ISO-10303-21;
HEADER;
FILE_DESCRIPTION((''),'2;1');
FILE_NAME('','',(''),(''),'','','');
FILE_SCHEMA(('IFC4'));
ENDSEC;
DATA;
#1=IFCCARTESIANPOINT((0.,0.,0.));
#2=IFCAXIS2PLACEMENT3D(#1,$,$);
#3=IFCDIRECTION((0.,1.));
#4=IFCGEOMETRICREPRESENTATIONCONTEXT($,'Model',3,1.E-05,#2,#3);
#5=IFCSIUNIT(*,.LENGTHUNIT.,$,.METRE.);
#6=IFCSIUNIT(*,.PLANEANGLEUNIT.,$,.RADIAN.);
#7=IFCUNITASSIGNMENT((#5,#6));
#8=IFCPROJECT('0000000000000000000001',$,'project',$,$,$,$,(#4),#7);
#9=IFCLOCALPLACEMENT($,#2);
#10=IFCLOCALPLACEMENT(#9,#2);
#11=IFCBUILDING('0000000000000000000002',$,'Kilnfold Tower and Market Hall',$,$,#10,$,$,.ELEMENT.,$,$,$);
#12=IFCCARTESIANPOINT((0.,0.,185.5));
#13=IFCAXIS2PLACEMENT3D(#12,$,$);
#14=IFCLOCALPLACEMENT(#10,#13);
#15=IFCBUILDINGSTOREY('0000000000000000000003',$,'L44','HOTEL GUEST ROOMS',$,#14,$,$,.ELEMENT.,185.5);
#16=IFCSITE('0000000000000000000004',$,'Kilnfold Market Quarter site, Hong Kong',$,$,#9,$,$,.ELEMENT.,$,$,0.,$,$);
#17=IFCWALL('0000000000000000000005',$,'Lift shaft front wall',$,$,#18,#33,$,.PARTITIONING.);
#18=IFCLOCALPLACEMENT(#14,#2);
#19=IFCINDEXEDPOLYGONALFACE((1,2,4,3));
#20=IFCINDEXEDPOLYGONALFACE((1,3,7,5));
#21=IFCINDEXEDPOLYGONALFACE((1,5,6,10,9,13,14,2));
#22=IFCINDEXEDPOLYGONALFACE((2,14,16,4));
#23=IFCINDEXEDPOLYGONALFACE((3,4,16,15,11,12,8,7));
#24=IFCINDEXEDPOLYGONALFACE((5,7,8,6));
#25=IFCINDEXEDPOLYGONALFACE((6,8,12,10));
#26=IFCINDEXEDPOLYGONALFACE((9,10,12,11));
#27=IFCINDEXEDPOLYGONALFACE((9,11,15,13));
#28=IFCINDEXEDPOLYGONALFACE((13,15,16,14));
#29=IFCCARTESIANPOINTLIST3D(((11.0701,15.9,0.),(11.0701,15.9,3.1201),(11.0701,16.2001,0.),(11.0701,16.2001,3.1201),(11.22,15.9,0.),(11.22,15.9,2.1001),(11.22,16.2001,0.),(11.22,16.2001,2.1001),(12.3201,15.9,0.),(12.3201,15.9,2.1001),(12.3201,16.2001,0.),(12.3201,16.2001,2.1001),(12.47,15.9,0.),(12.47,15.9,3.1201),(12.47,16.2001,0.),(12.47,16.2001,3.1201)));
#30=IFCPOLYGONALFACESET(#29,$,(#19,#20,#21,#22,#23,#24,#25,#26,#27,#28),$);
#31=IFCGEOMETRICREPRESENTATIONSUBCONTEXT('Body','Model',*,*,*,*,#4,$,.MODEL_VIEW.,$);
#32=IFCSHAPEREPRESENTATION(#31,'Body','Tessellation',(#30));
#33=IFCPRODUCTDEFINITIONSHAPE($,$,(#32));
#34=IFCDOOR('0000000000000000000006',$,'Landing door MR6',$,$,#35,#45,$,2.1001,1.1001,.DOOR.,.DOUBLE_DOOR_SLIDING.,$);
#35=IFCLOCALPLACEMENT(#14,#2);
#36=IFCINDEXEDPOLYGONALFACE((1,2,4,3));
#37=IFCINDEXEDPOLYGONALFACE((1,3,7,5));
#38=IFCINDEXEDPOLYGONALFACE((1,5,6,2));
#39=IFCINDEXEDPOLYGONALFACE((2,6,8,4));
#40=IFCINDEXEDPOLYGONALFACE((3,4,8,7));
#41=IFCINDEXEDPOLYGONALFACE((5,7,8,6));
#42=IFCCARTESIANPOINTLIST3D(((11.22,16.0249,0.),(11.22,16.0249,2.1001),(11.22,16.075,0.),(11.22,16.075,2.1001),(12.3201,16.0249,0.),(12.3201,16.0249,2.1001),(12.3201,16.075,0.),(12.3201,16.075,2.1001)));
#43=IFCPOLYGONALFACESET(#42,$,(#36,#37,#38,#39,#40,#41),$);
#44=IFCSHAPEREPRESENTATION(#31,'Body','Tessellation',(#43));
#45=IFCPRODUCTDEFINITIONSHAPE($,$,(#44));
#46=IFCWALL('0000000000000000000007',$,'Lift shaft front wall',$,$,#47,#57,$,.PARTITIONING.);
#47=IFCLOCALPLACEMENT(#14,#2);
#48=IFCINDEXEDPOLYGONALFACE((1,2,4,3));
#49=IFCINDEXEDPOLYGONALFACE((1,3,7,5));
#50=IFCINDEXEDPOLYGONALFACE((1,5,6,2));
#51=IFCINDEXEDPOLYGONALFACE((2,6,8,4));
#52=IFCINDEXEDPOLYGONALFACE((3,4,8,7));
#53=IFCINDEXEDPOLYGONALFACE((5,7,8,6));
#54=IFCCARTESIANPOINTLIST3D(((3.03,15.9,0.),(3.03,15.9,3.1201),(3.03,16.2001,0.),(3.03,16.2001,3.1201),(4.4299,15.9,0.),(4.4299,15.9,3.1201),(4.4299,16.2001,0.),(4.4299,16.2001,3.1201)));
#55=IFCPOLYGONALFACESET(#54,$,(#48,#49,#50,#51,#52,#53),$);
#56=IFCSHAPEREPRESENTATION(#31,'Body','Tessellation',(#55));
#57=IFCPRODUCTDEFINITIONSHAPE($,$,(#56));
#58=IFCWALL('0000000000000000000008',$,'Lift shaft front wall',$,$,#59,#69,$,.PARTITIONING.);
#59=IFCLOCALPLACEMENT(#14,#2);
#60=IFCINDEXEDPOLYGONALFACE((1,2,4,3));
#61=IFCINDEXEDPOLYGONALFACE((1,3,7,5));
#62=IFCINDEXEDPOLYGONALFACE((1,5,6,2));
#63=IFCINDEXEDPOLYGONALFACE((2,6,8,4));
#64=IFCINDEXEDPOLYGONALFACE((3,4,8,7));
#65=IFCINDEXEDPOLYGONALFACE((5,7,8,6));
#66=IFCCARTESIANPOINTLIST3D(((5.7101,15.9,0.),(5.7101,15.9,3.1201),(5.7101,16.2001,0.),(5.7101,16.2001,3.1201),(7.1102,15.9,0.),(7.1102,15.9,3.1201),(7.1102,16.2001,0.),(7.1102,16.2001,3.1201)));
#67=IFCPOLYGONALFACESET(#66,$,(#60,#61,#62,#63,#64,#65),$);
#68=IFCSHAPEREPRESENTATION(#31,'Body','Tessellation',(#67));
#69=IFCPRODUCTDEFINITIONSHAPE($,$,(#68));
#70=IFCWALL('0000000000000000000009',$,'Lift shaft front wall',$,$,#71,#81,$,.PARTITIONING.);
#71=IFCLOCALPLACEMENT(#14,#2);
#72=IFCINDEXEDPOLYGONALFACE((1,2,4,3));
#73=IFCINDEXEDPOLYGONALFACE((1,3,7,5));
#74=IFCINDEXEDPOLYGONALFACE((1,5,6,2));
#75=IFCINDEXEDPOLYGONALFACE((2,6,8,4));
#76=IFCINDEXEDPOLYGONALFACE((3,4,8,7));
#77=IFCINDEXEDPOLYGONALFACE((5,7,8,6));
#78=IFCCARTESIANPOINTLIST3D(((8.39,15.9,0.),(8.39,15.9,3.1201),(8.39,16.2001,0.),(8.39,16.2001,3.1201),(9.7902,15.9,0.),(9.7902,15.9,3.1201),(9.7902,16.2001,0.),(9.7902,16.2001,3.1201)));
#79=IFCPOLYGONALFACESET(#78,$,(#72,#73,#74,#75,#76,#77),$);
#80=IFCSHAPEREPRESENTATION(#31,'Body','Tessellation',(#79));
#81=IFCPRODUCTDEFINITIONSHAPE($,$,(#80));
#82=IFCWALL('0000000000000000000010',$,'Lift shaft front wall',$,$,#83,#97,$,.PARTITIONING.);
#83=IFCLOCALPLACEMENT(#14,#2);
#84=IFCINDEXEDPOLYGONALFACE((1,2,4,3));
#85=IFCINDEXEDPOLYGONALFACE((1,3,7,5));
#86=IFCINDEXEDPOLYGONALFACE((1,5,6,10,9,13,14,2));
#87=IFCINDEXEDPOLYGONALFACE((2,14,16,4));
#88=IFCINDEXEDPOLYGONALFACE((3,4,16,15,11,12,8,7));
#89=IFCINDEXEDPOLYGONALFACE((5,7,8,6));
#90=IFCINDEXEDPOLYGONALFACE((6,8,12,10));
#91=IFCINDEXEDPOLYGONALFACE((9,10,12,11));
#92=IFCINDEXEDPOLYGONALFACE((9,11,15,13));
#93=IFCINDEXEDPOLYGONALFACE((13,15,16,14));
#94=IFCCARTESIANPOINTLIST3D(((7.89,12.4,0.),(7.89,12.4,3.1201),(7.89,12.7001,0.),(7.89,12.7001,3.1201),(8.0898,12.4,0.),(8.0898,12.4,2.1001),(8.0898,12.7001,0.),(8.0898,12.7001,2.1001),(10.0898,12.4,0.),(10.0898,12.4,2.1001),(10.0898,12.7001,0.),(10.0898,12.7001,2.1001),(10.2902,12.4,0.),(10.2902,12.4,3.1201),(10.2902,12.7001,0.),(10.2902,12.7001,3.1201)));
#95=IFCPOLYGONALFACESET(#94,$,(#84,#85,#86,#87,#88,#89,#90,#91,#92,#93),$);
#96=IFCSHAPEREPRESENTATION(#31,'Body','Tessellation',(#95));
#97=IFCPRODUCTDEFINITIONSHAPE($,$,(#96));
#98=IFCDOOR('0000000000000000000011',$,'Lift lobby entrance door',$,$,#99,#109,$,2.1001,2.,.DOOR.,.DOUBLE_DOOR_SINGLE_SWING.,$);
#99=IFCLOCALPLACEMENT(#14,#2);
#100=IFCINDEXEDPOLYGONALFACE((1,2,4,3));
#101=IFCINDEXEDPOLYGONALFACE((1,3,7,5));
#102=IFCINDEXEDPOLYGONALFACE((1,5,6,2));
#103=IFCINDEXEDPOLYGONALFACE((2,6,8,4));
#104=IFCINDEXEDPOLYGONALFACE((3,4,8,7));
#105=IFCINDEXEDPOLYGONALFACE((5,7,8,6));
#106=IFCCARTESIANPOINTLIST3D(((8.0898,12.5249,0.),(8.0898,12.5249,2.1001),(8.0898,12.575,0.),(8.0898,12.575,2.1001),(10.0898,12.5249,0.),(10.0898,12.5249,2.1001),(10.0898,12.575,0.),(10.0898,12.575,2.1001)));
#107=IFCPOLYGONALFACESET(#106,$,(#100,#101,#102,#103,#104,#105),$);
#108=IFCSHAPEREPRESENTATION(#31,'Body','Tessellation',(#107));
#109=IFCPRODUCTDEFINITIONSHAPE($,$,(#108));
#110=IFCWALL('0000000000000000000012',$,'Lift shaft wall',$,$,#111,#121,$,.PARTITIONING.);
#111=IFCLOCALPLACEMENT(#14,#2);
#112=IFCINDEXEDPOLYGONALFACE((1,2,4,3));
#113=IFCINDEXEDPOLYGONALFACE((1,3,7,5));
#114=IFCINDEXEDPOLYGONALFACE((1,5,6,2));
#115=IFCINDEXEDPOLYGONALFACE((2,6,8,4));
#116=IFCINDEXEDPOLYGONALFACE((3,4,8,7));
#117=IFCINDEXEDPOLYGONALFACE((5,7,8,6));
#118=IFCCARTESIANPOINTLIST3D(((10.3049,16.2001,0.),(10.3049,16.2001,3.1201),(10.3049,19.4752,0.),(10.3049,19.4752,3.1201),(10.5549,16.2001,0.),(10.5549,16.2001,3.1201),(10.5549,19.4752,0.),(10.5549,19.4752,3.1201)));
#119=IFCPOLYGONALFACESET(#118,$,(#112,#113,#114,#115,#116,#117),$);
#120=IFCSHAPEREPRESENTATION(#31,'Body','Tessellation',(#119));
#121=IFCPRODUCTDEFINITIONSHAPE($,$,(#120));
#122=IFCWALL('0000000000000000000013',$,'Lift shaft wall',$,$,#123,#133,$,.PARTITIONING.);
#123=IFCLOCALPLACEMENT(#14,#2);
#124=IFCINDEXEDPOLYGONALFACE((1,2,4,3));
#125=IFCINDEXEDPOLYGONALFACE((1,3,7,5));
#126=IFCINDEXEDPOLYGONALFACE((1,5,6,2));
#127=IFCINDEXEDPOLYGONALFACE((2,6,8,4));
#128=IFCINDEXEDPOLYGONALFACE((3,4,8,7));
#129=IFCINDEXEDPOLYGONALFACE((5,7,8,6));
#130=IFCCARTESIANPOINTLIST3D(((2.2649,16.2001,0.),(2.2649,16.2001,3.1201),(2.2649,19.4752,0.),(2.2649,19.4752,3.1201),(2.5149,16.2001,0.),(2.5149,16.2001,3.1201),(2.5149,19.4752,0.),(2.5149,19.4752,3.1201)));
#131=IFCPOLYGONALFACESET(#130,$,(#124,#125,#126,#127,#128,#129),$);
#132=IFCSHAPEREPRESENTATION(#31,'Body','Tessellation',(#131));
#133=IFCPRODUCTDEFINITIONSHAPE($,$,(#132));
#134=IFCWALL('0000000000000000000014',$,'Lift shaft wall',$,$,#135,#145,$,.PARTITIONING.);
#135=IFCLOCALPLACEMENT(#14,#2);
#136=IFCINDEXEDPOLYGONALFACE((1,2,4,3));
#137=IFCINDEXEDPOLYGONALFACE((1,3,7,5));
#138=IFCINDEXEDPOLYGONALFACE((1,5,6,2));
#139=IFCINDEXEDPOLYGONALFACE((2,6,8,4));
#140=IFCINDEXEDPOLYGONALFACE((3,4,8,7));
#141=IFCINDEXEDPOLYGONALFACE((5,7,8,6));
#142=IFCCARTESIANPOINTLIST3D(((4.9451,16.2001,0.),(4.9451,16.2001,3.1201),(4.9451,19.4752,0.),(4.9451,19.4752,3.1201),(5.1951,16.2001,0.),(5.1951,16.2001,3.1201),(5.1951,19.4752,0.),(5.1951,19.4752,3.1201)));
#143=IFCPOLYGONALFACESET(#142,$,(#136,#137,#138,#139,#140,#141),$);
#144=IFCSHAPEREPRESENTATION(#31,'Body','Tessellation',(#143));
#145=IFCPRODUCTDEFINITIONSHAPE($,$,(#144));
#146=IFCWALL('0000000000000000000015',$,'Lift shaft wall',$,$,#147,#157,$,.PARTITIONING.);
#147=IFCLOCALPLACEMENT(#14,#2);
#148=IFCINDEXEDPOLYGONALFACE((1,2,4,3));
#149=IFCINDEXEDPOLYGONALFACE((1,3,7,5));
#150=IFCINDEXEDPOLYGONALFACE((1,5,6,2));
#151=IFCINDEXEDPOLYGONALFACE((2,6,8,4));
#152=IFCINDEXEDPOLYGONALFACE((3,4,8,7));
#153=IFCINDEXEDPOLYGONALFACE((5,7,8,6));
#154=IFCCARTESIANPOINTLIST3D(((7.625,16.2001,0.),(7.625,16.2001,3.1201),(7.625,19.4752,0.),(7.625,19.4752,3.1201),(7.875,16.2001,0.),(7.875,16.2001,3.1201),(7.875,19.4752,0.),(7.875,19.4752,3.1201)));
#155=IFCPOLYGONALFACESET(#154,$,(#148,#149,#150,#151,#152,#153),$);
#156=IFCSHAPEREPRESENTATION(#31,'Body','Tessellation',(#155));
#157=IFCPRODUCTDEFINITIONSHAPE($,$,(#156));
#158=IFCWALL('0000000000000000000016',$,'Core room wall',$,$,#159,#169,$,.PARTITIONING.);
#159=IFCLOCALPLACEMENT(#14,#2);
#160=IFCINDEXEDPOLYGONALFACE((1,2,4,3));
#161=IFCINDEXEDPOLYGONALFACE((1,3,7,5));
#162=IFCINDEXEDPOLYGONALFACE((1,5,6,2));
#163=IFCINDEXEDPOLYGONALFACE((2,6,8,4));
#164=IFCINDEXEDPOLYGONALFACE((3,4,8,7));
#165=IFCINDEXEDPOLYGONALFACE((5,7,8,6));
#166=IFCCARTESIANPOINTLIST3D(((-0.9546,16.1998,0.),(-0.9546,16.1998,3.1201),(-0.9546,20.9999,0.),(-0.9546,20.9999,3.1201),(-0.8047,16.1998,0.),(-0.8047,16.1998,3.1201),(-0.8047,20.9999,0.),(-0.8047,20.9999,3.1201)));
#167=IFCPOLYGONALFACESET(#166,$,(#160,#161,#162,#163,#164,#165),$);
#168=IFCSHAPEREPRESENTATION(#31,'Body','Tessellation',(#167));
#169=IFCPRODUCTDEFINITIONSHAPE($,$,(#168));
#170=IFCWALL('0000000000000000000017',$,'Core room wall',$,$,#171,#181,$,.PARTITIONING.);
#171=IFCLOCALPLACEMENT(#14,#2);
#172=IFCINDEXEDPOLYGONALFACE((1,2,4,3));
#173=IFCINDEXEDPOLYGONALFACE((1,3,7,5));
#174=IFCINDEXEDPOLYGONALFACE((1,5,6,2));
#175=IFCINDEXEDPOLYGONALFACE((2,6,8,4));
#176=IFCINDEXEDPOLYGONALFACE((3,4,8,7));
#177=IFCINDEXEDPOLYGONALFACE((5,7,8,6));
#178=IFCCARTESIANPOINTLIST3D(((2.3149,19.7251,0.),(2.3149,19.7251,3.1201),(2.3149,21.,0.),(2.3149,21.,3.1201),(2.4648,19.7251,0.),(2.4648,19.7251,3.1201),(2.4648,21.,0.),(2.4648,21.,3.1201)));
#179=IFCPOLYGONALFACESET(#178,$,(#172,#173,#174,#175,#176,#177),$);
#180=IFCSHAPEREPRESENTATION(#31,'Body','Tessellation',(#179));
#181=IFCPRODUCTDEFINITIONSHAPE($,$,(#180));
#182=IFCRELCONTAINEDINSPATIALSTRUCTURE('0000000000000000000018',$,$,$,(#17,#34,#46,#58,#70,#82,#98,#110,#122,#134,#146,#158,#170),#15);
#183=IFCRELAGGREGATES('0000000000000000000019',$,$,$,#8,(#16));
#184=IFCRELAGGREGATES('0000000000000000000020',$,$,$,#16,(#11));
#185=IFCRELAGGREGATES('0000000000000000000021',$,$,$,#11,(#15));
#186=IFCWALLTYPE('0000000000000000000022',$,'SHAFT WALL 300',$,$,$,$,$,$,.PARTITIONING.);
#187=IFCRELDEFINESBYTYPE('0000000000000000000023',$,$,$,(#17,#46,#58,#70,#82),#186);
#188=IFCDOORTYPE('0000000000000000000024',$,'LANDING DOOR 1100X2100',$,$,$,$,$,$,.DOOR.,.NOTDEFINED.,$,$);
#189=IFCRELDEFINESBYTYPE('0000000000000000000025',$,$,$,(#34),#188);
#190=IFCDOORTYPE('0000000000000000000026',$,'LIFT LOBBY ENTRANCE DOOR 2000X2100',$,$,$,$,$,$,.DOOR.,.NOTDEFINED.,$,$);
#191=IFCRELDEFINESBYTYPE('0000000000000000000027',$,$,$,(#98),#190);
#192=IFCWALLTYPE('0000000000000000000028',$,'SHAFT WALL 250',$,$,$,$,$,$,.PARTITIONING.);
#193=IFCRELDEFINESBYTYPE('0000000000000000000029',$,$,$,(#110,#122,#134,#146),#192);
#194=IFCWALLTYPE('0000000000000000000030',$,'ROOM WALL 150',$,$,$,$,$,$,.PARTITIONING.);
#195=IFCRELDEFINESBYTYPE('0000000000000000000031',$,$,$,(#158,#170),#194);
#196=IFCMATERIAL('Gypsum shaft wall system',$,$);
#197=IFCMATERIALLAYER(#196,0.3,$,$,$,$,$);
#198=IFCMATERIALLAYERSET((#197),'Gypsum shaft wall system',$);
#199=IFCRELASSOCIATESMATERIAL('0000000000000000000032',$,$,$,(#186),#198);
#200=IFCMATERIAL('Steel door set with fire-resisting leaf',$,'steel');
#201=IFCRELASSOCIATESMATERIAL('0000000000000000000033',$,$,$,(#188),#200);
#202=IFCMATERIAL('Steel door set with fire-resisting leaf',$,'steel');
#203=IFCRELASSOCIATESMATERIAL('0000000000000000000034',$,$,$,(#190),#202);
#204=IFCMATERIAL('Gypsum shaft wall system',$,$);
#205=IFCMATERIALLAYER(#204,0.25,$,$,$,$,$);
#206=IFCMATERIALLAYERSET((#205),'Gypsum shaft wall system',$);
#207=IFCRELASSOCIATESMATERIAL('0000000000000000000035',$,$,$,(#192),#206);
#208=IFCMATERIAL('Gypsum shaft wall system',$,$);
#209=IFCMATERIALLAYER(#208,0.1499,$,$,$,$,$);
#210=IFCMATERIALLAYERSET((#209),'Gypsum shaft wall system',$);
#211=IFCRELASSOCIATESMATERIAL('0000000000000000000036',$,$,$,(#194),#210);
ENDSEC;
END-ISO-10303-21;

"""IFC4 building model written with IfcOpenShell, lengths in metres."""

from ifc_helpers import new_model, si_unit, direction, frame, frame_2d, origin, place, context, subcontext, project, spatial, rectangle, extrude, source, transform, mapped, material, layer, layer_set, type_object, element, fill, save


model = new_model("IFC4")

# Units and contexts
model_context = context("Model", 3, precision=1e-05, world=origin(), true_north=direction((0.0, 1.0)))
body_context = subcontext(model_context, "Body", "Model", "MODEL_VIEW")
ifc_project = project(units=[si_unit("LENGTHUNIT", "METRE"), si_unit("PLANEANGLEUNIT", "RADIAN")], contexts=[model_context])

# Site, building, storey
site_placement = place(None, origin())
site = spatial("IfcSite", under=ifc_project, at=site_placement, Name="Kilnfold Market Quarter site, Hong Kong", CompositionType="ELEMENT", RefElevation=0.0)
building_placement = place(site_placement, origin())
building = spatial("IfcBuilding", under=site, at=building_placement, Name="Kilnfold Tower and Market Hall", CompositionType="ELEMENT")
storey_placement = place(building_placement, frame((0.0, 0.0, 185.5)))
storey = spatial("IfcBuildingStorey", under=building, at=storey_placement, Name="L44", Description="HOTEL GUEST ROOMS", CompositionType="ELEMENT", Elevation=185.5)

# Wall, opening, door
ifc_material_1 = material(Name="Gypsum shaft wall system")
ifc_layer_1 = layer(ifc_material_1, 0.3)
ifc_layer_set_1 = layer_set([ifc_layer_1], Name="Gypsum shaft wall system")
wall_type_1 = type_object("IfcWallType", Name="SHAFT WALL 300", PredefinedType="PARTITIONING", material=ifc_layer_set_1)
shared_shape_1 = source(origin(), body_context, "Body", "SweptSolid", [
    extrude(rectangle(XDim=1.3999, YDim=0.3, at=frame_2d((0.7, 0.0))), origin(), (0.0, 0.0, 1.0), 3.1201),
])
wall_1_placement = place(storey_placement, frame((11.0701, 16.05, 0.0), z_axis=(0.0, 0.0, 1.0), x_axis=(1.0, 0.0, 0.0)))
wall_1 = element("IfcWall", 1, at=wall_1_placement, inside=storey, type_object=wall_type_1, Name="Lift shaft front wall", PredefinedType="PARTITIONING", context=body_context, shape_type="MappedRepresentation", body=[
    mapped(shared_shape_1, transform((0.0, 0.0, 0.0))),
])
opening_1_placement = place(wall_1_placement, frame((0.1499, 0.0, 0.0)))
opening_1 = element("IfcOpeningElement", 2, at=opening_1_placement, cuts=wall_1, PredefinedType="OPENING", context=body_context, shape_type="SweptSolid", body=[
    extrude(rectangle(XDim=1.1001, YDim=2.1001, at=frame_2d((0.55, 1.05))), frame((0.0, 0.1602, 0.0), z_axis=(0.0, -1.0, 0.0), x_axis=(1.0, 0.0, 0.0)), (0.0, 0.0, 1.0), 0.3201),
])
ifc_material_2 = material(Name="Steel door set with fire-resisting leaf", Category="steel")
door_type_1 = type_object("IfcDoorType", Name="LANDING DOOR 1100X2100", OperationType="NOTDEFINED", PredefinedType="DOOR", material=ifc_material_2)
door_1_placement = place(opening_1_placement, origin())
door_1 = element("IfcDoor", 3, at=door_1_placement, inside=storey, type_object=door_type_1, Name="Landing door MR6", OperationType="DOUBLE_DOOR_SLIDING", OverallHeight=2.1001, OverallWidth=1.1001, PredefinedType="DOOR", context=body_context, shape_type="SweptSolid", body=[
    extrude(rectangle(XDim=1.1001, YDim=2.1001, at=frame_2d((0.55, 1.05))), frame((0.0, 0.0249, 0.0), z_axis=(0.0, -1.0, 0.0), x_axis=(1.0, 0.0, 0.0)), (0.0, 0.0, 1.0), 0.05),
])
fill(opening_1, door_1)

# Walls
wall_2_placement = place(storey_placement, frame((3.03, 16.05, 0.0), z_axis=(0.0, 0.0, 1.0), x_axis=(1.0, 0.0, 0.0)))
element("IfcWall", 4, at=wall_2_placement, inside=storey, type_object=wall_type_1, Name="Lift shaft front wall", PredefinedType="PARTITIONING", context=body_context, shape_type="MappedRepresentation", body=[
    mapped(shared_shape_1, transform((0.0, 0.0, 0.0))),
])
shared_shape_2 = source(origin(), body_context, "Body", "SweptSolid", [
    extrude(rectangle(XDim=1.4001, YDim=0.3, at=frame_2d((0.7002, 0.0))), origin(), (0.0, 0.0, 1.0), 3.1201),
])
for number, where, z_axis, x_axis, name in (
    (5, (5.71, 16.05, 0.0), (0.0, 0.0, 1.0), (1.0, 0.0, 0.0), "Lift shaft front wall"),
    (6, (8.3899, 16.05, 0.0), (0.0, 0.0, 1.0), (1.0, 0.0, 0.0), "Lift shaft front wall"),
):
    element("IfcWall", number, at=place(storey_placement, frame(where, z_axis=z_axis, x_axis=x_axis)), inside=storey, type_object=wall_type_1, Name=name, PredefinedType="PARTITIONING", context=body_context, shape_type="MappedRepresentation", body=[
        mapped(shared_shape_2, transform((0.0, 0.0, 0.0))),
    ])

# Wall, opening, door
shared_shape_3 = source(origin(), body_context, "Body", "SweptSolid", [
    extrude(rectangle(XDim=2.4001, YDim=0.3, at=frame_2d((1.2002, 0.0))), origin(), (0.0, 0.0, 1.0), 3.1201),
])
wall_3_placement = place(storey_placement, frame((7.8899, 12.55, 0.0), z_axis=(0.0, 0.0, 1.0), x_axis=(1.0, 0.0, 0.0)))
wall_3 = element("IfcWall", 7, at=wall_3_placement, inside=storey, type_object=wall_type_1, Name="Lift shaft front wall", PredefinedType="PARTITIONING", context=body_context, shape_type="MappedRepresentation", body=[
    mapped(shared_shape_3, transform((0.0, 0.0, 0.0))),
])
opening_2_placement = place(wall_3_placement, frame((0.2, 0.0, 0.0)))
opening_2 = element("IfcOpeningElement", 8, at=opening_2_placement, cuts=wall_3, PredefinedType="OPENING", context=body_context, shape_type="SweptSolid", body=[
    extrude(rectangle(XDim=2.0, YDim=2.1001, at=frame_2d((1.0, 1.05))), frame((0.0, 0.1602, 0.0), z_axis=(0.0, -1.0, 0.0), x_axis=(1.0, 0.0, 0.0)), (0.0, 0.0, 1.0), 0.3201),
])
ifc_material_3 = material(Name="Steel door set with fire-resisting leaf", Category="steel")
door_type_2 = type_object("IfcDoorType", Name="LIFT LOBBY ENTRANCE DOOR 2000X2100", OperationType="NOTDEFINED", PredefinedType="DOOR", material=ifc_material_3)
door_2_placement = place(opening_2_placement, origin())
door_2 = element("IfcDoor", 9, at=door_2_placement, inside=storey, type_object=door_type_2, Name="Lift lobby entrance door", OperationType="DOUBLE_DOOR_SINGLE_SWING", OverallHeight=2.1001, OverallWidth=2.0, PredefinedType="DOOR", context=body_context, shape_type="SweptSolid", body=[
    extrude(rectangle(XDim=2.0, YDim=2.1001, at=frame_2d((1.0, 1.05))), frame((0.0, 0.0249, 0.0), z_axis=(0.0, -1.0, 0.0), x_axis=(1.0, 0.0, 0.0)), (0.0, 0.0, 1.0), 0.05),
])
fill(opening_2, door_2)

# Walls
ifc_material_4 = material(Name="Gypsum shaft wall system")
ifc_layer_2 = layer(ifc_material_4, 0.25)
ifc_layer_set_2 = layer_set([ifc_layer_2], Name="Gypsum shaft wall system")
wall_type_2 = type_object("IfcWallType", Name="SHAFT WALL 250", PredefinedType="PARTITIONING", material=ifc_layer_set_2)
shared_shape_4 = source(origin(), body_context, "Body", "SweptSolid", [
    extrude(rectangle(XDim=3.2751, YDim=0.25, at=frame_2d((1.6377, 0.0))), origin(), (0.0, 0.0, 1.0), 3.1201),
])
for number, where, z_axis, x_axis, name in (
    (10, (10.4299, 16.2, 0.0), (0.0, 0.0, 1.0), (0.0, 1.0, 0.0), "Lift shaft wall"),
    (11, (2.3899, 16.2, 0.0), (0.0, 0.0, 1.0), (0.0, 1.0, 0.0), "Lift shaft wall"),
    (12, (5.0701, 16.2, 0.0), (0.0, 0.0, 1.0), (0.0, 1.0, 0.0), "Lift shaft wall"),
    (13, (7.75, 16.2, 0.0), (0.0, 0.0, 1.0), (0.0, 1.0, 0.0), "Lift shaft wall"),
):
    element("IfcWall", number, at=place(storey_placement, frame(where, z_axis=z_axis, x_axis=x_axis)), inside=storey, type_object=wall_type_2, Name=name, PredefinedType="PARTITIONING", context=body_context, shape_type="MappedRepresentation", body=[
        mapped(shared_shape_4, transform((0.0, 0.0, 0.0))),
    ])
ifc_material_5 = material(Name="Gypsum shaft wall system")
ifc_layer_3 = layer(ifc_material_5, 0.1499)
ifc_layer_set_3 = layer_set([ifc_layer_3], Name="Gypsum shaft wall system")
wall_type_3 = type_object("IfcWallType", Name="ROOM WALL 150", PredefinedType="PARTITIONING", material=ifc_layer_set_3)
shared_shape_5 = source(origin(), body_context, "Body", "SweptSolid", [
    extrude(rectangle(XDim=4.8, YDim=0.1499, at=frame_2d((2.3999, 0.0))), origin(), (0.0, 0.0, 1.0), 3.1201),
])
wall_4_placement = place(storey_placement, frame((-0.8796, 16.2, 0.0), z_axis=(0.0, 0.0, 1.0), x_axis=(0.0, 1.0, 0.0)))
element("IfcWall", 14, at=wall_4_placement, inside=storey, type_object=wall_type_3, Name="Core room wall", PredefinedType="PARTITIONING", context=body_context, shape_type="MappedRepresentation", body=[
    mapped(shared_shape_5, transform((0.0, 0.0, 0.0))),
])
shared_shape_6 = source(origin(), body_context, "Body", "SweptSolid", [
    extrude(rectangle(XDim=1.2749, YDim=0.1499, at=frame_2d((0.6375, 0.0))), origin(), (0.0, 0.0, 1.0), 3.1201),
])
for number, where, z_axis, x_axis, name in (
    (15, (2.3899, 19.7251, 0.0), (0.0, 0.0, 1.0), (0.0, 1.0, 0.0), "Core room wall"),
):
    element("IfcWall", number, at=place(storey_placement, frame(where, z_axis=z_axis, x_axis=x_axis)), inside=storey, type_object=wall_type_3, Name=name, PredefinedType="PARTITIONING", context=body_context, shape_type="MappedRepresentation", body=[
        mapped(shared_shape_6, transform((0.0, 0.0, 0.0))),
    ])

save(model, "model.ifc")
